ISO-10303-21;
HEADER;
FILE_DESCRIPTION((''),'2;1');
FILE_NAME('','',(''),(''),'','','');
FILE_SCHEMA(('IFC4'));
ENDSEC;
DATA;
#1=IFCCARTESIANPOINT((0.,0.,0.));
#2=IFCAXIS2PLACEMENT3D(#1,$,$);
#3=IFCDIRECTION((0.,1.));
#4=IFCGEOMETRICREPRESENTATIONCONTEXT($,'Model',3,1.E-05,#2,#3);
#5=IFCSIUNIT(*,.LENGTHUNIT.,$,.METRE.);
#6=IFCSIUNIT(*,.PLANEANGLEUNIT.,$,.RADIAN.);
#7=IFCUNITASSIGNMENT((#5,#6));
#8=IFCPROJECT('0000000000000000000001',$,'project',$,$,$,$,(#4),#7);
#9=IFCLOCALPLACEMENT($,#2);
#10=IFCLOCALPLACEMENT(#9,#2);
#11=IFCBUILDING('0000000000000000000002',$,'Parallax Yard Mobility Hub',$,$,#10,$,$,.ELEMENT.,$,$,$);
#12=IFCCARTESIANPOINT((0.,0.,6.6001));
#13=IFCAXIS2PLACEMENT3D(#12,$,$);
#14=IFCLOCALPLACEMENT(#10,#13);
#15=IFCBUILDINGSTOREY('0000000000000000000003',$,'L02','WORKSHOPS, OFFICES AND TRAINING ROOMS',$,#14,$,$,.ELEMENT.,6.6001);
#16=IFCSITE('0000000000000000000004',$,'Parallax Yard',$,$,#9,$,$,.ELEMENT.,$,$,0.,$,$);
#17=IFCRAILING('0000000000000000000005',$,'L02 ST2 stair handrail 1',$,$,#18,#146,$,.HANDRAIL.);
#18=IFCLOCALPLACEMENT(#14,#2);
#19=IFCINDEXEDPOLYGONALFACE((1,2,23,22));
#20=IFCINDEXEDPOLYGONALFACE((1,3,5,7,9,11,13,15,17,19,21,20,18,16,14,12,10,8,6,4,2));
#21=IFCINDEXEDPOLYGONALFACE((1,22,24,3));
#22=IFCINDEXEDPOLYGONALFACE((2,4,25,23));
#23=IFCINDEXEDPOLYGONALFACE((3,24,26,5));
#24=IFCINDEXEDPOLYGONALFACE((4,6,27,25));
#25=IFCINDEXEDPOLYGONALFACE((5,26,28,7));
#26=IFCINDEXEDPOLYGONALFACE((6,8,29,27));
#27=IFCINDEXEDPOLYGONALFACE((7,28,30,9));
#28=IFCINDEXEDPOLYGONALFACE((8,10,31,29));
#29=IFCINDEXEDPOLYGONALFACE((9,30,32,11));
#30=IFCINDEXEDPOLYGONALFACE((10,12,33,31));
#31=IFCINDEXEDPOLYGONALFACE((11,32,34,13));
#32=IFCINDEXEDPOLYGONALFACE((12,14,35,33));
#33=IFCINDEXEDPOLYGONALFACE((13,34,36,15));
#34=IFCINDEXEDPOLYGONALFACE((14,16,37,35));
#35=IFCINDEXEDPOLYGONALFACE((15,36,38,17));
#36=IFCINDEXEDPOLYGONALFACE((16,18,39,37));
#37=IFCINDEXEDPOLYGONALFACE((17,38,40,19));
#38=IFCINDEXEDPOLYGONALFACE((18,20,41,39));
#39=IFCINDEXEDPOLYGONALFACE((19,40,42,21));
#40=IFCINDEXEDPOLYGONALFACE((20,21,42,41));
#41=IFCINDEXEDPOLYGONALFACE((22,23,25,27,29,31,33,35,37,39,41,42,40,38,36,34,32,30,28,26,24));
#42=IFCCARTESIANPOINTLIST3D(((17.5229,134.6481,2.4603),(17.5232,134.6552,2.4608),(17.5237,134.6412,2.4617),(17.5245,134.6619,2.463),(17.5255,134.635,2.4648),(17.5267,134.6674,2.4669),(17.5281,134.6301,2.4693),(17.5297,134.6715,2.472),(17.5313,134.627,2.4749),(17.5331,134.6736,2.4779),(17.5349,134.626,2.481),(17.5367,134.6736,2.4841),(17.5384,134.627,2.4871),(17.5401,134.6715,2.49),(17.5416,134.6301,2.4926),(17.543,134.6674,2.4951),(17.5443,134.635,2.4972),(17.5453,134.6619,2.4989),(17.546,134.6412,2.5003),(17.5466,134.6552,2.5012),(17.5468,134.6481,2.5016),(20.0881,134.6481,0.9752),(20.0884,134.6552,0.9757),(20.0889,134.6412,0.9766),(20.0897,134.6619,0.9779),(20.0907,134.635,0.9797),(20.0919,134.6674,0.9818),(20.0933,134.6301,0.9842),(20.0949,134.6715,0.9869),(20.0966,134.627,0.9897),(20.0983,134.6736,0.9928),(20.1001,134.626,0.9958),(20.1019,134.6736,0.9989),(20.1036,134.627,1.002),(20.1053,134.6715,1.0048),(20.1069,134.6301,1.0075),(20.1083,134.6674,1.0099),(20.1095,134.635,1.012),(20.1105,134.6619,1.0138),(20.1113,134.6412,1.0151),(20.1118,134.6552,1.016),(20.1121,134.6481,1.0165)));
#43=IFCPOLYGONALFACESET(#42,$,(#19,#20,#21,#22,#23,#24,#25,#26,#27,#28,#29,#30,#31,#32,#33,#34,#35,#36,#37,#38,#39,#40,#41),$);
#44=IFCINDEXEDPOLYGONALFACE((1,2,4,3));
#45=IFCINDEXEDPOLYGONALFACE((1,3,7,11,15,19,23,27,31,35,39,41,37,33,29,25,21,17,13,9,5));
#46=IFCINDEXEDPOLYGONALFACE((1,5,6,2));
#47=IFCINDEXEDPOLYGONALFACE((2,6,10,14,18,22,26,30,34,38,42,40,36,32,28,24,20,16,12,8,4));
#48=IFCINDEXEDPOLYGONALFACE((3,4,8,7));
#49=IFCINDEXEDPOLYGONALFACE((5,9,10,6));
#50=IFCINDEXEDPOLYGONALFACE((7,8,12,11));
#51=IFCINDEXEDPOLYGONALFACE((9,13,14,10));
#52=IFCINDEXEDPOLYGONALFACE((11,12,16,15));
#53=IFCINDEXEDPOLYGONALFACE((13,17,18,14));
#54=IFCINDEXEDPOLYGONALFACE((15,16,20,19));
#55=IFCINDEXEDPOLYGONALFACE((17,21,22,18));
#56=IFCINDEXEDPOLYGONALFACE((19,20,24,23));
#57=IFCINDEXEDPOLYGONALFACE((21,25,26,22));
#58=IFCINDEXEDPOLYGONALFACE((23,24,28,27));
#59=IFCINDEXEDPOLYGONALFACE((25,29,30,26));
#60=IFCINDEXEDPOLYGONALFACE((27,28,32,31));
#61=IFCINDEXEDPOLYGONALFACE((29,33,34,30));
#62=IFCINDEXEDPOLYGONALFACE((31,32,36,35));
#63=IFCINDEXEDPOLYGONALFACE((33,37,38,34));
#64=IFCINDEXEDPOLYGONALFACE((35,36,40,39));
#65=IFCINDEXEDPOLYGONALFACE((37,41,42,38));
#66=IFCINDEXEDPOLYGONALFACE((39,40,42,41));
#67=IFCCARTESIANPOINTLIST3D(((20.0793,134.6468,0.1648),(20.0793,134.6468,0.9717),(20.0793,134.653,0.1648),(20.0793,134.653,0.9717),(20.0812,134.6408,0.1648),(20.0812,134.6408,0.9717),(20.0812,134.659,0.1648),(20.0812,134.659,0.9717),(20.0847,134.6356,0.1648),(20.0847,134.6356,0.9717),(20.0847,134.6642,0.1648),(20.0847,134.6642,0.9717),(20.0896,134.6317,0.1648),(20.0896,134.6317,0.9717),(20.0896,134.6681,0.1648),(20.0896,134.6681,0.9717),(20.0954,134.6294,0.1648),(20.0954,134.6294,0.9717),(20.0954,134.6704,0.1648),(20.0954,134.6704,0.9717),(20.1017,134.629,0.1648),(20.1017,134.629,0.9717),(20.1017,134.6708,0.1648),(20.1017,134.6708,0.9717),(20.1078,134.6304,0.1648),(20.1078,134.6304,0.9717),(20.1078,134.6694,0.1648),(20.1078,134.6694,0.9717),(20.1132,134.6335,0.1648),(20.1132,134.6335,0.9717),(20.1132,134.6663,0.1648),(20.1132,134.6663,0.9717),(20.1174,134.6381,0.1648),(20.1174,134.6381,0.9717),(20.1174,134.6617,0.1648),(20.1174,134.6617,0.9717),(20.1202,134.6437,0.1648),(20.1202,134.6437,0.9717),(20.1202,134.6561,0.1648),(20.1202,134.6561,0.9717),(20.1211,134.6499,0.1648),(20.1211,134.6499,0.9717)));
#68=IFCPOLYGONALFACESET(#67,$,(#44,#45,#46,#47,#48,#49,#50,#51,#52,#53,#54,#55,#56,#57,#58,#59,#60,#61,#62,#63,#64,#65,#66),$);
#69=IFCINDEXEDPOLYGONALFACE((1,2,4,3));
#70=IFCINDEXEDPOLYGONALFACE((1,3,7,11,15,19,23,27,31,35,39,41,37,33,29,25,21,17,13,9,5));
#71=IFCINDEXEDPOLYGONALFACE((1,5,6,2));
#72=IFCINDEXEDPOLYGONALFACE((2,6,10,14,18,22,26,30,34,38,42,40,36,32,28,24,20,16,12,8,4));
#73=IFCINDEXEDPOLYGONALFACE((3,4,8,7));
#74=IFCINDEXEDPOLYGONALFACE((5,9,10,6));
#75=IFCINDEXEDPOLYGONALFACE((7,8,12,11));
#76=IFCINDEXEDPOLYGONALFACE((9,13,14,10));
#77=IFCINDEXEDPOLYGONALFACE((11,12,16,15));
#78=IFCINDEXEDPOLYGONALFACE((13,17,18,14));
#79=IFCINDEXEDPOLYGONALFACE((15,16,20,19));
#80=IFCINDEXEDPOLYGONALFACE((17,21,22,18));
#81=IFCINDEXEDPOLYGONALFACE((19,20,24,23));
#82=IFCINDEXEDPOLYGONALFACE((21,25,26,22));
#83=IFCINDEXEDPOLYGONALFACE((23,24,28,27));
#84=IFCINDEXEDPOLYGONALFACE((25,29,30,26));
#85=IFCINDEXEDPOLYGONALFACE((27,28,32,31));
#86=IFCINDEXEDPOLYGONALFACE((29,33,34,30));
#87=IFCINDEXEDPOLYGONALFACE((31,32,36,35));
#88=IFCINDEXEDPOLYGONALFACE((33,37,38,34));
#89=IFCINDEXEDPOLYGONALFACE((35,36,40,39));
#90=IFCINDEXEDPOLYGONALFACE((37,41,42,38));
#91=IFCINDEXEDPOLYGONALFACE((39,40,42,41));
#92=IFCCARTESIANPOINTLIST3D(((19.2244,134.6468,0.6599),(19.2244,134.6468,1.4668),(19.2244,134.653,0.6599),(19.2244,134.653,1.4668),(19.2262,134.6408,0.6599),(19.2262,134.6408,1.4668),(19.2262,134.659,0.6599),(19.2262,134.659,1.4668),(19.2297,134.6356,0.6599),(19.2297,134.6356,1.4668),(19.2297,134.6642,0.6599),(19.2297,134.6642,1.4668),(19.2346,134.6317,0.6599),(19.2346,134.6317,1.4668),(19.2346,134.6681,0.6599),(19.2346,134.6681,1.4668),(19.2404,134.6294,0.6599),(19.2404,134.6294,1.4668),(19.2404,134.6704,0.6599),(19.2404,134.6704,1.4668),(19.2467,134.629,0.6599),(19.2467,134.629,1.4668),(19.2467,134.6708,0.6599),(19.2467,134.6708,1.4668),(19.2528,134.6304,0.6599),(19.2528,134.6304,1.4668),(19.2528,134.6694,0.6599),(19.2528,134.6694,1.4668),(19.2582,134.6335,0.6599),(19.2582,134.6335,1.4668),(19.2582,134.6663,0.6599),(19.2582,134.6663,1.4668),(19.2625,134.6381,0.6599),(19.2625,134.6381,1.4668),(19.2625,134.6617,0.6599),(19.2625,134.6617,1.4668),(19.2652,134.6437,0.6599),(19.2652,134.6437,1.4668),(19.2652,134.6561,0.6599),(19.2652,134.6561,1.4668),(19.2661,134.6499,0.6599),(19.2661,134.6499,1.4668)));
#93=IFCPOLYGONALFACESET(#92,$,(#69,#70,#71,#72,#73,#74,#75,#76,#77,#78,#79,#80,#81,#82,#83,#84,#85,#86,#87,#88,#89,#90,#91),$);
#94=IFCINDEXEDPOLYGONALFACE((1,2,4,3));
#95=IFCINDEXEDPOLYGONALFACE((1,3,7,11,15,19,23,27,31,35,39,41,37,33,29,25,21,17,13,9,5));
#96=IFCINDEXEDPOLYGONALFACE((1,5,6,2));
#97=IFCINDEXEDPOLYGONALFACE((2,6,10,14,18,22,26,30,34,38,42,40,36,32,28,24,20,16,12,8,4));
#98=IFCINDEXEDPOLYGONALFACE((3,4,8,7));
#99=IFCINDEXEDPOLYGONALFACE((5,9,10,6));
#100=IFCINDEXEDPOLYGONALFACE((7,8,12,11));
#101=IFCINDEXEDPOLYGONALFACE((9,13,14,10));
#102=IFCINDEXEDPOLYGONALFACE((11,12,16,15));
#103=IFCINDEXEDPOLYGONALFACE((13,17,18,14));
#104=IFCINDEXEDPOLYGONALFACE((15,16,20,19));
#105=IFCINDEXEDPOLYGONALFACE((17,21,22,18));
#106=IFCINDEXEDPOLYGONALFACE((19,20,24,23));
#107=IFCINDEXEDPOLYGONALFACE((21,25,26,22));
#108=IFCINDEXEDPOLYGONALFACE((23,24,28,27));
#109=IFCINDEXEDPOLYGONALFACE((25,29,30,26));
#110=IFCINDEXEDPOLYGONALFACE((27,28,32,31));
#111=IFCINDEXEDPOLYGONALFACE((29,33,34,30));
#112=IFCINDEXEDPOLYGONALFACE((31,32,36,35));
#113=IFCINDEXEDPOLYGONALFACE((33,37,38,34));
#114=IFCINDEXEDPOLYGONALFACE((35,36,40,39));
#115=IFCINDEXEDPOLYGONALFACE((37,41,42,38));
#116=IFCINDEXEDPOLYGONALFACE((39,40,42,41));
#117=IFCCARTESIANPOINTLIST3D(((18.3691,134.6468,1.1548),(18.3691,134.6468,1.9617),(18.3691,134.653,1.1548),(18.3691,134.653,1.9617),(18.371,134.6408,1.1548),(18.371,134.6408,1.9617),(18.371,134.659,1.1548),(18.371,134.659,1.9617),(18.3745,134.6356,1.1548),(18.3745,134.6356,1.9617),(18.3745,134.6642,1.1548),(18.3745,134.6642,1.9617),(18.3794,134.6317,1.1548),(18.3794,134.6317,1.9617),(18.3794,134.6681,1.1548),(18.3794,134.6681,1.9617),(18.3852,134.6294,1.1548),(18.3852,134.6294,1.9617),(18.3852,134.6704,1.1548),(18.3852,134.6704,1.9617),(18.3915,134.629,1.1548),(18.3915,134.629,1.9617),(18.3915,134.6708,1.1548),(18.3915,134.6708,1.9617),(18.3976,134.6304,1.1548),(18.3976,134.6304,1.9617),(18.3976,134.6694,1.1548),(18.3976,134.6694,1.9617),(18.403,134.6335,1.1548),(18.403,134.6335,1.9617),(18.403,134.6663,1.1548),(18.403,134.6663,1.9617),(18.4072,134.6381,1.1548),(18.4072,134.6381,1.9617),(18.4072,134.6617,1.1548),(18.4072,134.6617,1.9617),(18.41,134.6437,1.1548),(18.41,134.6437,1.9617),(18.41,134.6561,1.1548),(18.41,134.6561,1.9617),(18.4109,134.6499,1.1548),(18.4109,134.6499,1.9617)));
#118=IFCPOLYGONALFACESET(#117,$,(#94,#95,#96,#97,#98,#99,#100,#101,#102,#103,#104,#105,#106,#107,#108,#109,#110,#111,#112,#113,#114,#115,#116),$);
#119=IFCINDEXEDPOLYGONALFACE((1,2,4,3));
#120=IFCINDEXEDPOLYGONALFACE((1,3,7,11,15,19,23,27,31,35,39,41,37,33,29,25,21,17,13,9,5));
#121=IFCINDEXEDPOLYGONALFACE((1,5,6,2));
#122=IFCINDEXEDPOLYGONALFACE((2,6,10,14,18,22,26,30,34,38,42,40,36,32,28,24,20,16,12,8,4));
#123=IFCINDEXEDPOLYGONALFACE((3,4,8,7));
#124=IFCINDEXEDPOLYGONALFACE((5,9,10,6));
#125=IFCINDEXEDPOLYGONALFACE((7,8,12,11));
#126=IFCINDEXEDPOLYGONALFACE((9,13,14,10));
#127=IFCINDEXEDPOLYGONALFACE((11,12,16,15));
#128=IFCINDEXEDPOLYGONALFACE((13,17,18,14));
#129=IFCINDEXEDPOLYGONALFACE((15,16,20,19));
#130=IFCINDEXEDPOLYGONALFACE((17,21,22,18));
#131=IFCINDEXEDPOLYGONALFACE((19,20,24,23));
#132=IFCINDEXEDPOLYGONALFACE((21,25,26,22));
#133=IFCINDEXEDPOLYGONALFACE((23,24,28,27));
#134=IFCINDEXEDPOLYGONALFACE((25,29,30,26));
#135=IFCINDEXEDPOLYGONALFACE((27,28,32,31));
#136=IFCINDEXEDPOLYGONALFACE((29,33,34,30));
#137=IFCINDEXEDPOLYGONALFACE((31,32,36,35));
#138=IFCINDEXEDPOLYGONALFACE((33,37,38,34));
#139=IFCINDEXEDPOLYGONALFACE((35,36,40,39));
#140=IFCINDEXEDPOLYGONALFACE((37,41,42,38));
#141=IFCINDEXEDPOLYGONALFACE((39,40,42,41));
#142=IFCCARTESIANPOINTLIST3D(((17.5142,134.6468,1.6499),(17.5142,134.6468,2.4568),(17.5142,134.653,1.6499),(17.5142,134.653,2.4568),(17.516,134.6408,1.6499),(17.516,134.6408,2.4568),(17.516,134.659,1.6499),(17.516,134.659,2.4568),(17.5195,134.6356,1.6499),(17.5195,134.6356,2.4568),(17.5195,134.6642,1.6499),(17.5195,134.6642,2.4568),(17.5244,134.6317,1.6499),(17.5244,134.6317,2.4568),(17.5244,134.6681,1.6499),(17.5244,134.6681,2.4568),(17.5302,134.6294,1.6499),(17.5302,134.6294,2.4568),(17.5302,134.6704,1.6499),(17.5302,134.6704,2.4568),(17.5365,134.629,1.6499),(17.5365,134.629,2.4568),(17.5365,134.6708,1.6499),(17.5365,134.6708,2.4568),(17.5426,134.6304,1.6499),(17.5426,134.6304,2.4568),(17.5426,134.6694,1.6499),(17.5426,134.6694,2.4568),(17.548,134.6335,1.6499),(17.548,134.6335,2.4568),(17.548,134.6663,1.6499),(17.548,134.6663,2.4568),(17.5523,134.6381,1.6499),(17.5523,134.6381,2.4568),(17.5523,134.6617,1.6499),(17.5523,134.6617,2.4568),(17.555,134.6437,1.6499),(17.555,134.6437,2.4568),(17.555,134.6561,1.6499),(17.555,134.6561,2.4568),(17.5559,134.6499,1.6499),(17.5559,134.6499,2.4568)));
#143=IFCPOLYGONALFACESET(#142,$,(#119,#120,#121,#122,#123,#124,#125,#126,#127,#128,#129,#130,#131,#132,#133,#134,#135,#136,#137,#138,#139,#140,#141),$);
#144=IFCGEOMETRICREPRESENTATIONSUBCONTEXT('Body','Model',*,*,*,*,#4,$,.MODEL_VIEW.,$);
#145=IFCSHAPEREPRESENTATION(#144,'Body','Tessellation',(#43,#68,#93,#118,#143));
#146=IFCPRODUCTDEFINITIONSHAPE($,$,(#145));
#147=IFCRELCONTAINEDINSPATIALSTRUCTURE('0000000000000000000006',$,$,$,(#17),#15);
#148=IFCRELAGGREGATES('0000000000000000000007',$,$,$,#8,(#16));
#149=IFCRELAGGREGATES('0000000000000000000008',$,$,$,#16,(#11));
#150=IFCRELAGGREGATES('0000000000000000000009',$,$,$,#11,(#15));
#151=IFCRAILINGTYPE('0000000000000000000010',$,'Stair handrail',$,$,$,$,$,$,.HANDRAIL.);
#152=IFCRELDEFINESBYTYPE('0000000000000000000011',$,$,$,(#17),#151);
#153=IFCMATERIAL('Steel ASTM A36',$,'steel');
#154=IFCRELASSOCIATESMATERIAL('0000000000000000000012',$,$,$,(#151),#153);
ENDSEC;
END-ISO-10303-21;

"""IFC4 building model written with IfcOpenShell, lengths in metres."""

from ifc_helpers import new_model, si_unit, direction, frame, origin, origin_2d, place, context, subcontext, project, spatial, circle, extrude, material, type_object, element, save


model = new_model("IFC4")

# Units and contexts
model_context = context("Model", 3, precision=1e-05, world=origin(), true_north=direction((0.0, 1.0)))
body_context = subcontext(model_context, "Body", "Model", "MODEL_VIEW")
ifc_project = project(units=[si_unit("LENGTHUNIT", "METRE"), si_unit("PLANEANGLEUNIT", "RADIAN")], contexts=[model_context])

# Site, building, storey
site_placement = place(None, origin())
site = spatial("IfcSite", under=ifc_project, at=site_placement, Name="Parallax Yard", CompositionType="ELEMENT", RefElevation=0.0)
building_placement = place(site_placement, origin())
building = spatial("IfcBuilding", under=site, at=building_placement, Name="Parallax Yard Mobility Hub", CompositionType="ELEMENT")
storey_placement = place(building_placement, frame((0.0, 0.0, 6.6001)))
storey = spatial("IfcBuildingStorey", under=building, at=storey_placement, Name="L02", Description="WORKSHOPS, OFFICES AND TRAINING ROOMS", CompositionType="ELEMENT", Elevation=6.6001)

# Railing
ifc_material_1 = material(Name="Steel ASTM A36", Category="steel")
railing_type_1 = type_object("IfcRailingType", Name="Stair handrail", PredefinedType="HANDRAIL", material=ifc_material_1)
railing_1_placement = place(storey_placement, frame((20.1001, 134.6499, 0.1648)))
element("IfcRailing", 1, at=railing_1_placement, inside=storey, type_object=railing_type_1, Name="L02 ST2 stair handrail 1", PredefinedType="HANDRAIL", context=body_context, shape_type="SweptSolid", body=[
    extrude(circle(Radius=0.0239, at=origin_2d()), frame((0.0, 0.0, 0.8311), z_axis=(-0.865426, 0.0, 0.501036), x_axis=(0.0, -1.0, 0.0)), (0.0, 0.0, 1.0), 2.9641),
    extrude(circle(Radius=0.021, at=origin_2d()), origin(), (0.0, 0.0, 1.0), 0.8069),
    extrude(circle(Radius=0.021, at=origin_2d()), frame((-0.855, 0.0, 0.4951)), (0.0, 0.0, 1.0), 0.8069),
    extrude(circle(Radius=0.021, at=origin_2d()), frame((-1.7102, 0.0, 0.99)), (0.0, 0.0, 1.0), 0.8069),
    extrude(circle(Radius=0.021, at=origin_2d()), frame((-2.5652, 0.0, 1.4851)), (0.0, 0.0, 1.0), 0.8069),
])

save(model, "model.ifc")
